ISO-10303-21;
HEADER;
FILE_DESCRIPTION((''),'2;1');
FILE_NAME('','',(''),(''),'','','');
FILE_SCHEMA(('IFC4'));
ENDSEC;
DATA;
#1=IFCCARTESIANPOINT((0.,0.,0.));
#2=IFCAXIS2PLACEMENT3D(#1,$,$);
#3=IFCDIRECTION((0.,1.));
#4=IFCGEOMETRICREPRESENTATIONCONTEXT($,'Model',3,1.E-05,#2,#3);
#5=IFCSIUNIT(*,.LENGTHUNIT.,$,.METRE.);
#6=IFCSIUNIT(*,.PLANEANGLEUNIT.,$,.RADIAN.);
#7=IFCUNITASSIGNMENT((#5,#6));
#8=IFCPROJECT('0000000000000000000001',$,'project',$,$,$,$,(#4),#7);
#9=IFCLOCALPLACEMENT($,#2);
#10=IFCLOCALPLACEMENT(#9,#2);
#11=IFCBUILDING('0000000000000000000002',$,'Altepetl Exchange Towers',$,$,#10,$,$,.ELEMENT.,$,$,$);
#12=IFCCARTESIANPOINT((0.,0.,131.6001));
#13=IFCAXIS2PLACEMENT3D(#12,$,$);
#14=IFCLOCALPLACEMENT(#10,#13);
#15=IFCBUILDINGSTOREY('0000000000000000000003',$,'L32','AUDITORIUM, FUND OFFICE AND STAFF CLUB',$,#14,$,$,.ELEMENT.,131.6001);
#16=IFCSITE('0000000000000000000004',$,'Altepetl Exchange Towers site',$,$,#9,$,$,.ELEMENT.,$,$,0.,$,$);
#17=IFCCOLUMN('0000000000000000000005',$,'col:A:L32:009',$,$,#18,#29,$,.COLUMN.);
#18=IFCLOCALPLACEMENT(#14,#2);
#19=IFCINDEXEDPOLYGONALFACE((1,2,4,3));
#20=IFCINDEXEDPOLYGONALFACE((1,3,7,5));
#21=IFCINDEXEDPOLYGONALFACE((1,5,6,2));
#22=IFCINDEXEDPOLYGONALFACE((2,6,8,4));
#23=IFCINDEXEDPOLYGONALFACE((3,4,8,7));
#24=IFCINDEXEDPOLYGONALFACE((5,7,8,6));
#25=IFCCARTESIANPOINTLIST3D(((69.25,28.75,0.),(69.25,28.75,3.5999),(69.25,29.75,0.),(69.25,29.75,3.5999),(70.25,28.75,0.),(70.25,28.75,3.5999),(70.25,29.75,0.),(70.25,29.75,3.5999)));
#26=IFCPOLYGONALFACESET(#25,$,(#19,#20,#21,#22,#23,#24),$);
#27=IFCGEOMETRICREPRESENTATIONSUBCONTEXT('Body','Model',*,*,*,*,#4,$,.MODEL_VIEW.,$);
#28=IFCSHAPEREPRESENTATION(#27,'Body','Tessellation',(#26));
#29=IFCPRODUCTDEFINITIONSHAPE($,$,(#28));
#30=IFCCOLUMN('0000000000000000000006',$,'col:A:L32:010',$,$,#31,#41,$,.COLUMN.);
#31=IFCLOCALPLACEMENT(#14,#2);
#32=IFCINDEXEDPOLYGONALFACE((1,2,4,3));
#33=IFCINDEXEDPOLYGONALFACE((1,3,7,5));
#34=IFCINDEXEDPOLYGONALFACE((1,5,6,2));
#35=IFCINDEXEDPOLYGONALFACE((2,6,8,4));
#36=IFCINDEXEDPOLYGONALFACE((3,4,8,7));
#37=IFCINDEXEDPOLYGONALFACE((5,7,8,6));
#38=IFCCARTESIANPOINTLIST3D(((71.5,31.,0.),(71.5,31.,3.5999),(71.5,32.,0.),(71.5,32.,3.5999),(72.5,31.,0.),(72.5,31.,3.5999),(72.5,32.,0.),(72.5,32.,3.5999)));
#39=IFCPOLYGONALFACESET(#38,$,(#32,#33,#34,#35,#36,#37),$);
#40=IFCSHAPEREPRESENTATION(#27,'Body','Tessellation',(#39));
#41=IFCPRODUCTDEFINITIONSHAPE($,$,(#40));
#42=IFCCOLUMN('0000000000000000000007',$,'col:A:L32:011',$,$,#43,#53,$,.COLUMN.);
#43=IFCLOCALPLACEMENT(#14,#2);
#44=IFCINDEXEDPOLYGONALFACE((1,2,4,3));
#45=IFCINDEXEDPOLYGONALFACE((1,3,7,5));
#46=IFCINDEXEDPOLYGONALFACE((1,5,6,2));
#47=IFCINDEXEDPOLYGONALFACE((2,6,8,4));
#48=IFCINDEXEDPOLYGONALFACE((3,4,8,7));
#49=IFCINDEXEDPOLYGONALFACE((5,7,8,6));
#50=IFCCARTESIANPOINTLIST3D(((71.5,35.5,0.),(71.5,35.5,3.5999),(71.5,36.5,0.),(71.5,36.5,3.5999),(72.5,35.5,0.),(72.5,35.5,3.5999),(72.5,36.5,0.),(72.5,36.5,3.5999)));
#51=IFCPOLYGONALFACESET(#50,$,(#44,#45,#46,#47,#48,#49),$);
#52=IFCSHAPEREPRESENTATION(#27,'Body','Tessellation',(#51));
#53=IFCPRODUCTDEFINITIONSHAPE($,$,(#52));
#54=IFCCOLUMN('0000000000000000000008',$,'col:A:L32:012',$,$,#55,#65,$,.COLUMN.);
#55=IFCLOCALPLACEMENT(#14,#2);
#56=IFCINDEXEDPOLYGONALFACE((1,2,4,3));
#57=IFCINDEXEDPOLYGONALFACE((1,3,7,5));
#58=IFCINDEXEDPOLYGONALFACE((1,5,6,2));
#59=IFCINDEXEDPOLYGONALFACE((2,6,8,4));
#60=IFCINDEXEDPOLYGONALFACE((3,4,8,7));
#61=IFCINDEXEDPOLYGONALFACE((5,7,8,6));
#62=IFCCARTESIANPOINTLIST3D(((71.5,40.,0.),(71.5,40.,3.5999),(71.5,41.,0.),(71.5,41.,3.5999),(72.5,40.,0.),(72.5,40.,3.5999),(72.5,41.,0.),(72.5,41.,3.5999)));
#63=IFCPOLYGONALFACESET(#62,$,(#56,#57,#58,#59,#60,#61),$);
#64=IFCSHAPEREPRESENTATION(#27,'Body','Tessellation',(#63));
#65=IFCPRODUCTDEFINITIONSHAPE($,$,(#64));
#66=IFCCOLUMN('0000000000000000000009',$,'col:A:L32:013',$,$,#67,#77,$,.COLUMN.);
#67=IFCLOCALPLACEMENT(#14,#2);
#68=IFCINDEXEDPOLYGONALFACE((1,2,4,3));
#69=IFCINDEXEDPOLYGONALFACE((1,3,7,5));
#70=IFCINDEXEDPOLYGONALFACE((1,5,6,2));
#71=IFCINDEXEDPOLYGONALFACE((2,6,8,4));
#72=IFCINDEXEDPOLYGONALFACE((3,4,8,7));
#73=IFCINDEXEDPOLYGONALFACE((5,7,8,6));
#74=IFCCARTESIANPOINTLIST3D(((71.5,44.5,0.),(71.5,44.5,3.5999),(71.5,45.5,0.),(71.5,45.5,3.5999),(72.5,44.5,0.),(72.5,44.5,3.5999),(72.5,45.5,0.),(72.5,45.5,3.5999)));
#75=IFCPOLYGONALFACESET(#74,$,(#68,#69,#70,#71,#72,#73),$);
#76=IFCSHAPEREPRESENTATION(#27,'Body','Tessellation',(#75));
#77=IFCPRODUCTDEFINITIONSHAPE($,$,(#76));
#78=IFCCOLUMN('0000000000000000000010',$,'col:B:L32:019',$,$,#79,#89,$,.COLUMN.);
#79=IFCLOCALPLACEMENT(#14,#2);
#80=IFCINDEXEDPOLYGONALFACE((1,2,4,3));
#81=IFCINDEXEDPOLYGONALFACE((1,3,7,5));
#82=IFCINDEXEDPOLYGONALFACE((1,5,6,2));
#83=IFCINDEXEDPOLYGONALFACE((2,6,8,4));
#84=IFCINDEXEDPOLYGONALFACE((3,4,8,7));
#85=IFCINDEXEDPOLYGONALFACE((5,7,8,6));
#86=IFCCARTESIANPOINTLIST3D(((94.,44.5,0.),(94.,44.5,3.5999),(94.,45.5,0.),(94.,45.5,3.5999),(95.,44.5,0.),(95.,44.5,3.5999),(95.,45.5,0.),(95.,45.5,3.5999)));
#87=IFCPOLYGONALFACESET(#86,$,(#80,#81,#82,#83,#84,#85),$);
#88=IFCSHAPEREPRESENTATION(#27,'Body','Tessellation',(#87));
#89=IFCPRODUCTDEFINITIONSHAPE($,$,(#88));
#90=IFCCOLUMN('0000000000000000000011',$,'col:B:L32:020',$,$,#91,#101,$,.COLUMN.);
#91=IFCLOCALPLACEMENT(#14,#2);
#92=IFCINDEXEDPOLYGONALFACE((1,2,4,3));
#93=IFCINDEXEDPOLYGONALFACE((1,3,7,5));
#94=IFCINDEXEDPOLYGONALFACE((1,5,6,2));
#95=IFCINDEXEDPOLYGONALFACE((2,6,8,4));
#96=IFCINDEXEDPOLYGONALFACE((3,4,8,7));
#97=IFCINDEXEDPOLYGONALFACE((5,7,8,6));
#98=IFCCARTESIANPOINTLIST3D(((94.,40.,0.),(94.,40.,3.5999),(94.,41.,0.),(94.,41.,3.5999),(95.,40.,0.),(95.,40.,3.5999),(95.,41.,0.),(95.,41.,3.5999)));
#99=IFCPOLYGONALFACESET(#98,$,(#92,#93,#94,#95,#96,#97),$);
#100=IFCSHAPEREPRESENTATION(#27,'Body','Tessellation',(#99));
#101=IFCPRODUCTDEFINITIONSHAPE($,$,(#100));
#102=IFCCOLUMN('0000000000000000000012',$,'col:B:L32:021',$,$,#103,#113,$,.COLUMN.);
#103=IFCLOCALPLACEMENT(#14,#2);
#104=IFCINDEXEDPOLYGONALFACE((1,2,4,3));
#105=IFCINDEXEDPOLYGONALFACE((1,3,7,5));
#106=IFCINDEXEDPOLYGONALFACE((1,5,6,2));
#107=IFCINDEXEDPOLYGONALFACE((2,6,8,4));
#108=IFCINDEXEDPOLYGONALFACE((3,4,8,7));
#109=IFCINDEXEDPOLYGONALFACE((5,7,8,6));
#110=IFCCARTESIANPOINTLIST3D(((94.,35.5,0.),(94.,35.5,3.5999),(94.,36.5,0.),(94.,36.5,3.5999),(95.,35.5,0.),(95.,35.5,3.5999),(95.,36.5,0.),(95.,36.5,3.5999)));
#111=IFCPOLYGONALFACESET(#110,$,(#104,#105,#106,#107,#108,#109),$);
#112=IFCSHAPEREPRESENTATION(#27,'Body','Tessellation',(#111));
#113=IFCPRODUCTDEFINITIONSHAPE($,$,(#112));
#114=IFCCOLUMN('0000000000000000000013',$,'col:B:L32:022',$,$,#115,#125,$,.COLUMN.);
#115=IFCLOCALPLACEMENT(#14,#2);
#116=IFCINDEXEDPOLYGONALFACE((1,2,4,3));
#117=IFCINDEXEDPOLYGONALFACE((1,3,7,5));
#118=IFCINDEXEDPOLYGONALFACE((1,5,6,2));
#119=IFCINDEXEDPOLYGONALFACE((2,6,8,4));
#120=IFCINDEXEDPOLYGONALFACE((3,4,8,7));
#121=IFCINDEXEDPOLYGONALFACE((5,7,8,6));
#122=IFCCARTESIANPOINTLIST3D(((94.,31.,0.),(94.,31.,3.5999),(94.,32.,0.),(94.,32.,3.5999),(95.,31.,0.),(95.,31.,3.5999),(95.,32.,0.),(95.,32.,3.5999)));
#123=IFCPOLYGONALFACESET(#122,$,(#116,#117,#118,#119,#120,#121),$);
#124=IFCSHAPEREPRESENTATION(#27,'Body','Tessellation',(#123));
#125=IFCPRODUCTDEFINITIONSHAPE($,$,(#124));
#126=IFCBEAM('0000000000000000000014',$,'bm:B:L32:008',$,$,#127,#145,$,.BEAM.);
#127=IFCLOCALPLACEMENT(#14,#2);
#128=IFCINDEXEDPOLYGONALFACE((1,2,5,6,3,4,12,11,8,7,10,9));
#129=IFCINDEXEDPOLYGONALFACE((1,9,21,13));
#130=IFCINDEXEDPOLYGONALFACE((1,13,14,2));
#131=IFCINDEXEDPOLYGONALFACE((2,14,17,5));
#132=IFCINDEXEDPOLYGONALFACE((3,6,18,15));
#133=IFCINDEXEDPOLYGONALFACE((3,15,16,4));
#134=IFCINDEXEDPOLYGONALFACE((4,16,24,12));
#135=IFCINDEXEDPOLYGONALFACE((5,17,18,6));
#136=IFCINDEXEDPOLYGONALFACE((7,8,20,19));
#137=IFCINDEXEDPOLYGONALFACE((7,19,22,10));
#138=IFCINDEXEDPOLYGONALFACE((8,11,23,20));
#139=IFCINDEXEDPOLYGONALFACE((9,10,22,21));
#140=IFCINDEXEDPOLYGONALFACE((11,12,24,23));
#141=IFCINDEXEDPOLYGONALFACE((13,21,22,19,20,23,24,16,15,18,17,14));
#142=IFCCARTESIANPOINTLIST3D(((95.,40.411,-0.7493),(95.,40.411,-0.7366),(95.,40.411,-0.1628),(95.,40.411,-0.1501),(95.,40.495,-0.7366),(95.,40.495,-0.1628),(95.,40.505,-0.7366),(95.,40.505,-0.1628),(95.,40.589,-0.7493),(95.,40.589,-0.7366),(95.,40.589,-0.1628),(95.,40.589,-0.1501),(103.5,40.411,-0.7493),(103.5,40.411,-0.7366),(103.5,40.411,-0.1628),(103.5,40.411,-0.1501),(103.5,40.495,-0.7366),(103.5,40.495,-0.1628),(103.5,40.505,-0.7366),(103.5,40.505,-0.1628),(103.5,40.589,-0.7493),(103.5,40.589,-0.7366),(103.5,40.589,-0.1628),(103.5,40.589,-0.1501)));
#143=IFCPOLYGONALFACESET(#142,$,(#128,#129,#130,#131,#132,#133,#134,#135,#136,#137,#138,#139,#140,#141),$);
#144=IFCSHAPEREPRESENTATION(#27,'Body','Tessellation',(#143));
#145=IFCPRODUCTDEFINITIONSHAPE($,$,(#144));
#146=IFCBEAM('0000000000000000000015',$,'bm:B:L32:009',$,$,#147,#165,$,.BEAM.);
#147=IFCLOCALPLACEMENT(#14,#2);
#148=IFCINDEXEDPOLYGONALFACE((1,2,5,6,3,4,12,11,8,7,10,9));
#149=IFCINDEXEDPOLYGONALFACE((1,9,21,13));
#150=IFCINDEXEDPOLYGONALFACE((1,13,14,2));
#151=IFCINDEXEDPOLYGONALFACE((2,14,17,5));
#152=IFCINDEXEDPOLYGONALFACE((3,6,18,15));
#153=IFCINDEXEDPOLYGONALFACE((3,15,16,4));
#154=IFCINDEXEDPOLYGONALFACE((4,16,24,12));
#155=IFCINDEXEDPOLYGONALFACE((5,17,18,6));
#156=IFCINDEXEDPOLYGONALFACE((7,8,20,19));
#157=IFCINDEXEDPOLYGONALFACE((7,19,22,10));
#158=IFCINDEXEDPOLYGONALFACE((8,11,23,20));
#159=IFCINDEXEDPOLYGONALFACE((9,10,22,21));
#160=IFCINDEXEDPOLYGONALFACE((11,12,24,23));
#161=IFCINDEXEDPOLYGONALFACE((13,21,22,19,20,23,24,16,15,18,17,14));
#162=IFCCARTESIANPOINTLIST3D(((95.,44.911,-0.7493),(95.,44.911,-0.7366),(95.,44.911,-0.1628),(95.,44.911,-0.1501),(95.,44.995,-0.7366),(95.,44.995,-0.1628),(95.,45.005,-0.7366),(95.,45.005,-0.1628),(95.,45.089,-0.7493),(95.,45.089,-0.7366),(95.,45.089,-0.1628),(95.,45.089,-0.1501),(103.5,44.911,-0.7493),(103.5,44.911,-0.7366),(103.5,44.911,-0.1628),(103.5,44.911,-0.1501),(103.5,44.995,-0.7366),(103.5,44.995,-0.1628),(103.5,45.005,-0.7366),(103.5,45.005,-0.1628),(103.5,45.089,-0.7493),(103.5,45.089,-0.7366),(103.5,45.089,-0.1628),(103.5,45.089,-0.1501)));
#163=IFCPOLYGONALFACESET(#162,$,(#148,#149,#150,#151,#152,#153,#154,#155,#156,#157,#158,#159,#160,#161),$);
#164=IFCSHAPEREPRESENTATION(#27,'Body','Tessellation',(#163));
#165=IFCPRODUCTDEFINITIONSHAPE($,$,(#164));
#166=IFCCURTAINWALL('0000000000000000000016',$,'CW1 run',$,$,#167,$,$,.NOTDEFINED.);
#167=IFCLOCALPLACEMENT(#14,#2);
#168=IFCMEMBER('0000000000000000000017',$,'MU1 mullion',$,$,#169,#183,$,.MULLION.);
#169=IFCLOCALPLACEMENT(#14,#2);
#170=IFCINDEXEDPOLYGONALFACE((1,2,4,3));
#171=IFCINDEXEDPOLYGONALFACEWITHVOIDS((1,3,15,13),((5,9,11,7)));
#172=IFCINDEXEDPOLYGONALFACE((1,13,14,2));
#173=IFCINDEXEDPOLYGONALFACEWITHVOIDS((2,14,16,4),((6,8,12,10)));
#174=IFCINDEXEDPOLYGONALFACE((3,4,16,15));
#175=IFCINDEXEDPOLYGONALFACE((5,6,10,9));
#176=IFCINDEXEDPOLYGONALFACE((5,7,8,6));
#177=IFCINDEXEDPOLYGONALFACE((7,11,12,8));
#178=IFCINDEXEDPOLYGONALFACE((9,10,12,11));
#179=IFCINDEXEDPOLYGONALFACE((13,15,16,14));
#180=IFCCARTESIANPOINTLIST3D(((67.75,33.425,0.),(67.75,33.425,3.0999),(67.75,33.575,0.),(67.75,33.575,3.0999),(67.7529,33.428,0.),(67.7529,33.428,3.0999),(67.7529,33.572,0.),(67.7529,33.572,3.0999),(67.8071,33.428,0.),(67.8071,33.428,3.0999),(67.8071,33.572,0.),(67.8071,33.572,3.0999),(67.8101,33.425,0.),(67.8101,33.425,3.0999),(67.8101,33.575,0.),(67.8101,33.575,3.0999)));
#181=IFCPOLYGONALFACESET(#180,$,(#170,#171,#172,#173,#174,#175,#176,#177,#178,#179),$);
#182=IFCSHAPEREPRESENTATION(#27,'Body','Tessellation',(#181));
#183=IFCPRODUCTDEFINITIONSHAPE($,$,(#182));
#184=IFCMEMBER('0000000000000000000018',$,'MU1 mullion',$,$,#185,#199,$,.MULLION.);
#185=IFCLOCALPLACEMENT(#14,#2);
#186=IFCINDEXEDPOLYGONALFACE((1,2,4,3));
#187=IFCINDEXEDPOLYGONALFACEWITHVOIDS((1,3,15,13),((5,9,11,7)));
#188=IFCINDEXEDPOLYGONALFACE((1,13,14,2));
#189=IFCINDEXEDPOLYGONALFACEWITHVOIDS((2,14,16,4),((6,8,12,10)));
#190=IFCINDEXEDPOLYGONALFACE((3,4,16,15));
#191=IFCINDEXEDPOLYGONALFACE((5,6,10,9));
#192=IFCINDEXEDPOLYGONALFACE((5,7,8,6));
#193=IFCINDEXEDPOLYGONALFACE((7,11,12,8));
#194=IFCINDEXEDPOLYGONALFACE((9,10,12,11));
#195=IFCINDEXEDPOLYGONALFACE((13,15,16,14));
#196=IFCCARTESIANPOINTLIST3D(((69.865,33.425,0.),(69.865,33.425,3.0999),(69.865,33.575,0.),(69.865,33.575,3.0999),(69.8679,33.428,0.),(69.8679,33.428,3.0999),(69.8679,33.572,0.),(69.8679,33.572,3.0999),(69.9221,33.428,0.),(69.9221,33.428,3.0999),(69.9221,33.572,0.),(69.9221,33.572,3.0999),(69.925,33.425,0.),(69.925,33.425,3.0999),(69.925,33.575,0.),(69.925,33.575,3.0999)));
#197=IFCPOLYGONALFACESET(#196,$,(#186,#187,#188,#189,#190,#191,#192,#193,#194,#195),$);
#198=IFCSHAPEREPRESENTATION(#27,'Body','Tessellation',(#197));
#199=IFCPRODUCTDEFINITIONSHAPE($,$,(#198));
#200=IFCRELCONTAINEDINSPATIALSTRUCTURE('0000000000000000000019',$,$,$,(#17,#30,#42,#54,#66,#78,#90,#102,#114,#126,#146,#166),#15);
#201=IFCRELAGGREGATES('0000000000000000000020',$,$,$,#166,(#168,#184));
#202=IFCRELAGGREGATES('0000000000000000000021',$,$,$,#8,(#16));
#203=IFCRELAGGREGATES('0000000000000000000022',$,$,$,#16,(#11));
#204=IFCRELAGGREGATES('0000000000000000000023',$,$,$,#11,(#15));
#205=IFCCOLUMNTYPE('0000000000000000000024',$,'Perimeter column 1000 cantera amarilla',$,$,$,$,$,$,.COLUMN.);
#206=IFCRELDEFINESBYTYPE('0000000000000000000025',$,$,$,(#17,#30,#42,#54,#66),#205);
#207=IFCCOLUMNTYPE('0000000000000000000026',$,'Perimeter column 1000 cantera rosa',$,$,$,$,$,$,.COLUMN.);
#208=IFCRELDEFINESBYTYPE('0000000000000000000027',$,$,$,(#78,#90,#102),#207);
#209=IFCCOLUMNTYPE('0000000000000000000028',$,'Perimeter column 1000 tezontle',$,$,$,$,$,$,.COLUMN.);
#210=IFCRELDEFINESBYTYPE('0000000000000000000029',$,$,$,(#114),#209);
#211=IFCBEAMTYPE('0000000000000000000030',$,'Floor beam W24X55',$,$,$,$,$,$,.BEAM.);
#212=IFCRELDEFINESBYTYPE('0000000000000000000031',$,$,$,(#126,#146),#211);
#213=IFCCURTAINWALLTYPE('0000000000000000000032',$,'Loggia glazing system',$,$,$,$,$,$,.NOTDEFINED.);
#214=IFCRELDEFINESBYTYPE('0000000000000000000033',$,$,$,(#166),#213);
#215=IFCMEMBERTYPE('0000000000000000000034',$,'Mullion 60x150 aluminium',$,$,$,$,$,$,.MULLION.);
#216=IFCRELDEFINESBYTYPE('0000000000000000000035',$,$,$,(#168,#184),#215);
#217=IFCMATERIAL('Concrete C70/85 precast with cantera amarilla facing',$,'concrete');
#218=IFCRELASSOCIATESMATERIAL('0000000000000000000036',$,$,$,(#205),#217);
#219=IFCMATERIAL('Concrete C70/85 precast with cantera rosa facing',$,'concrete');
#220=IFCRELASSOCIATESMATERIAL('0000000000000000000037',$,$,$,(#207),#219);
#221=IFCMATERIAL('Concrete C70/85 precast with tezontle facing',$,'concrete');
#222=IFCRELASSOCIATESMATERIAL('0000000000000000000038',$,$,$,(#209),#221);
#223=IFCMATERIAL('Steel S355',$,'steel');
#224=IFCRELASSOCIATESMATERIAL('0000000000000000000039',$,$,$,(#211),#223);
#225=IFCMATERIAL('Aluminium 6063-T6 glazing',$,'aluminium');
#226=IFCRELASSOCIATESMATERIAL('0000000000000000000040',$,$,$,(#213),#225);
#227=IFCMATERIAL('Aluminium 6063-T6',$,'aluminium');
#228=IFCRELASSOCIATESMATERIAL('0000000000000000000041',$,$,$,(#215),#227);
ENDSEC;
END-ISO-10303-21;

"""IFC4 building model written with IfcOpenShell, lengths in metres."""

from ifc_helpers import new_model, si_unit, direction, frame, origin, origin_2d, place, context, subcontext, project, spatial, rectangle, hollow_rectangle, i_section, extrude, material, material_profile, profile_set, type_object, element, aggregate, save


model = new_model("IFC4")

# Units and contexts
model_context = context("Model", 3, precision=1e-05, world=origin(), true_north=direction((0.0, 1.0)))
body_context = subcontext(model_context, "Body", "Model", "MODEL_VIEW")
ifc_project = project(units=[si_unit("LENGTHUNIT", "METRE"), si_unit("PLANEANGLEUNIT", "RADIAN")], contexts=[model_context])

# Site, building, storey
site_placement = place(None, origin())
site = spatial("IfcSite", under=ifc_project, at=site_placement, Name="Altepetl Exchange Towers site", CompositionType="ELEMENT", RefElevation=0.0)
building_placement = place(site_placement, origin())
building = spatial("IfcBuilding", under=site, at=building_placement, Name="Altepetl Exchange Towers", CompositionType="ELEMENT")
storey_placement = place(building_placement, frame((0.0, 0.0, 131.6001)))
storey = spatial("IfcBuildingStorey", under=building, at=storey_placement, Name="L32", Description="AUDITORIUM, FUND OFFICE AND STAFF CLUB", CompositionType="ELEMENT", Elevation=131.6001)

# Columns
ifc_material_1 = material(Name="Concrete C70/85 precast with cantera amarilla facing", Category="concrete")
ifc_material_profile_1 = material_profile(ifc_material_1, rectangle(XDim=1.0, YDim=1.0, at=origin_2d()), Name="1000 x 1000")
ifc_profile_set_1 = profile_set([ifc_material_profile_1], Name="Concrete C70/85 precast with cantera amarilla facing")
column_type_1 = type_object("IfcColumnType", Name="Perimeter column 1000 cantera amarilla", PredefinedType="COLUMN", material=ifc_profile_set_1)
for number, where, name in (
    (1, (69.75, 29.25, 0.0), "col:A:L32:009"),
    (2, (72.0, 31.5, 0.0), "col:A:L32:010"),
    (3, (72.0, 36.0, 0.0), "col:A:L32:011"),
    (4, (72.0, 40.5, 0.0), "col:A:L32:012"),
    (5, (72.0, 45.0, 0.0), "col:A:L32:013"),
):
    element("IfcColumn", number, at=place(storey_placement, frame(where)), inside=storey, type_object=column_type_1, Name=name, PredefinedType="COLUMN", context=body_context, shape_type="SweptSolid", body=[
        extrude(rectangle(XDim=1.0, YDim=1.0, at=origin_2d()), origin(), (0.0, 0.0, 1.0), 3.5999),
    ])
ifc_material_2 = material(Name="Concrete C70/85 precast with cantera rosa facing", Category="concrete")
ifc_material_profile_2 = material_profile(ifc_material_2, rectangle(XDim=1.0, YDim=1.0, at=origin_2d()), Name="1000 x 1000")
ifc_profile_set_2 = profile_set([ifc_material_profile_2], Name="Concrete C70/85 precast with cantera rosa facing")
column_type_2 = type_object("IfcColumnType", Name="Perimeter column 1000 cantera rosa", PredefinedType="COLUMN", material=ifc_profile_set_2)
for number, where, name in (
    (6, (94.5, 45.0, 0.0), "col:B:L32:019"),
    (7, (94.5, 40.5, 0.0), "col:B:L32:020"),
    (8, (94.5, 36.0, 0.0), "col:B:L32:021"),
):
    element("IfcColumn", number, at=place(storey_placement, frame(where)), inside=storey, type_object=column_type_2, Name=name, PredefinedType="COLUMN", context=body_context, shape_type="SweptSolid", body=[
        extrude(rectangle(XDim=1.0, YDim=1.0, at=origin_2d()), origin(), (0.0, 0.0, 1.0), 3.5999),
    ])
ifc_material_3 = material(Name="Concrete C70/85 precast with tezontle facing", Category="concrete")
ifc_material_profile_3 = material_profile(ifc_material_3, rectangle(XDim=1.0, YDim=1.0, at=origin_2d()), Name="1000 x 1000")
ifc_profile_set_3 = profile_set([ifc_material_profile_3], Name="Concrete C70/85 precast with tezontle facing")
column_type_3 = type_object("IfcColumnType", Name="Perimeter column 1000 tezontle", PredefinedType="COLUMN", material=ifc_profile_set_3)
column_placement = place(storey_placement, frame((94.5, 31.5, 0.0)))
element("IfcColumn", 9, at=column_placement, inside=storey, type_object=column_type_3, Name="col:B:L32:022", PredefinedType="COLUMN", context=body_context, shape_type="SweptSolid", body=[
    extrude(rectangle(XDim=1.0, YDim=1.0, at=origin_2d()), origin(), (0.0, 0.0, 1.0), 3.5999),
])

# Beams
ifc_material_4 = material(Name="Steel S355", Category="steel")
ifc_material_profile_4 = material_profile(ifc_material_4, i_section(OverallWidth=0.178, OverallDepth=0.5991, WebThickness=0.01, FlangeThickness=0.0127, at=origin_2d()), Name="W24X55")
ifc_profile_set_4 = profile_set([ifc_material_profile_4], Name="Steel S355")
beam_type_1 = type_object("IfcBeamType", Name="Floor beam W24X55", PredefinedType="BEAM", material=ifc_profile_set_4)
for number, where, z_axis, x_axis, name in (
    (10, (95.0, 40.5, -0.4497), (1.0, 0.0, 0.0), (0.0, 1.0, 0.0), "bm:B:L32:008"),
    (11, (95.0, 45.0, -0.4497), (1.0, 0.0, 0.0), (0.0, 1.0, 0.0), "bm:B:L32:009"),
):
    element("IfcBeam", number, at=place(storey_placement, frame(where, z_axis=z_axis, x_axis=x_axis)), inside=storey, type_object=beam_type_1, Name=name, PredefinedType="BEAM", context=body_context, shape_type="SweptSolid", body=[
        extrude(i_section(OverallWidth=0.178, OverallDepth=0.5991, WebThickness=0.01, FlangeThickness=0.0127, at=origin_2d()), origin(), (0.0, 0.0, 1.0), 8.5),
    ])

# Curtain wall, members
ifc_material_5 = material(Name="Aluminium 6063-T6 glazing", Category="aluminium")
curtain_wall_type = type_object("IfcCurtainWallType", Name="Loggia glazing system", PredefinedType="NOTDEFINED", material=ifc_material_5)
curtain_wall_1_placement = place(storey_placement, origin())
curtain_wall_1 = element("IfcCurtainWall", 12, at=curtain_wall_1_placement, inside=storey, type_object=curtain_wall_type, Name="CW1 run", PredefinedType="NOTDEFINED")
ifc_material_6 = material(Name="Aluminium 6063-T6", Category="aluminium")
ifc_material_profile_5 = material_profile(ifc_material_6, hollow_rectangle(XDim=0.0601, YDim=0.1499, WallThickness=0.0029, at=origin_2d()), Name="Mullion 60x150 aluminium")
ifc_profile_set_5 = profile_set([ifc_material_profile_5], Name="Aluminium 6063-T6")
member_type = type_object("IfcMemberType", Name="Mullion 60x150 aluminium", PredefinedType="MULLION", material=ifc_profile_set_5)
member_1_placement = place(storey_placement, frame((67.78, 33.5, 0.0)))
member_1 = element("IfcMember", 13, at=member_1_placement, type_object=member_type, Name="MU1 mullion", PredefinedType="MULLION", context=body_context, shape_type="SweptSolid", body=[
    extrude(hollow_rectangle(XDim=0.0601, YDim=0.1499, WallThickness=0.0029, at=origin_2d()), origin(), (0.0, 0.0, 1.0), 3.0999),
])
member_2_placement = place(storey_placement, frame((69.895, 33.5, 0.0)))
member_2 = element("IfcMember", 14, at=member_2_placement, type_object=member_type, Name="MU1 mullion", PredefinedType="MULLION", context=body_context, shape_type="SweptSolid", body=[
    extrude(hollow_rectangle(XDim=0.0601, YDim=0.1499, WallThickness=0.0029, at=origin_2d()), origin(), (0.0, 0.0, 1.0), 3.0999),
])

aggregate(curtain_wall_1, [member_1, member_2])

save(model, "model.ifc")
